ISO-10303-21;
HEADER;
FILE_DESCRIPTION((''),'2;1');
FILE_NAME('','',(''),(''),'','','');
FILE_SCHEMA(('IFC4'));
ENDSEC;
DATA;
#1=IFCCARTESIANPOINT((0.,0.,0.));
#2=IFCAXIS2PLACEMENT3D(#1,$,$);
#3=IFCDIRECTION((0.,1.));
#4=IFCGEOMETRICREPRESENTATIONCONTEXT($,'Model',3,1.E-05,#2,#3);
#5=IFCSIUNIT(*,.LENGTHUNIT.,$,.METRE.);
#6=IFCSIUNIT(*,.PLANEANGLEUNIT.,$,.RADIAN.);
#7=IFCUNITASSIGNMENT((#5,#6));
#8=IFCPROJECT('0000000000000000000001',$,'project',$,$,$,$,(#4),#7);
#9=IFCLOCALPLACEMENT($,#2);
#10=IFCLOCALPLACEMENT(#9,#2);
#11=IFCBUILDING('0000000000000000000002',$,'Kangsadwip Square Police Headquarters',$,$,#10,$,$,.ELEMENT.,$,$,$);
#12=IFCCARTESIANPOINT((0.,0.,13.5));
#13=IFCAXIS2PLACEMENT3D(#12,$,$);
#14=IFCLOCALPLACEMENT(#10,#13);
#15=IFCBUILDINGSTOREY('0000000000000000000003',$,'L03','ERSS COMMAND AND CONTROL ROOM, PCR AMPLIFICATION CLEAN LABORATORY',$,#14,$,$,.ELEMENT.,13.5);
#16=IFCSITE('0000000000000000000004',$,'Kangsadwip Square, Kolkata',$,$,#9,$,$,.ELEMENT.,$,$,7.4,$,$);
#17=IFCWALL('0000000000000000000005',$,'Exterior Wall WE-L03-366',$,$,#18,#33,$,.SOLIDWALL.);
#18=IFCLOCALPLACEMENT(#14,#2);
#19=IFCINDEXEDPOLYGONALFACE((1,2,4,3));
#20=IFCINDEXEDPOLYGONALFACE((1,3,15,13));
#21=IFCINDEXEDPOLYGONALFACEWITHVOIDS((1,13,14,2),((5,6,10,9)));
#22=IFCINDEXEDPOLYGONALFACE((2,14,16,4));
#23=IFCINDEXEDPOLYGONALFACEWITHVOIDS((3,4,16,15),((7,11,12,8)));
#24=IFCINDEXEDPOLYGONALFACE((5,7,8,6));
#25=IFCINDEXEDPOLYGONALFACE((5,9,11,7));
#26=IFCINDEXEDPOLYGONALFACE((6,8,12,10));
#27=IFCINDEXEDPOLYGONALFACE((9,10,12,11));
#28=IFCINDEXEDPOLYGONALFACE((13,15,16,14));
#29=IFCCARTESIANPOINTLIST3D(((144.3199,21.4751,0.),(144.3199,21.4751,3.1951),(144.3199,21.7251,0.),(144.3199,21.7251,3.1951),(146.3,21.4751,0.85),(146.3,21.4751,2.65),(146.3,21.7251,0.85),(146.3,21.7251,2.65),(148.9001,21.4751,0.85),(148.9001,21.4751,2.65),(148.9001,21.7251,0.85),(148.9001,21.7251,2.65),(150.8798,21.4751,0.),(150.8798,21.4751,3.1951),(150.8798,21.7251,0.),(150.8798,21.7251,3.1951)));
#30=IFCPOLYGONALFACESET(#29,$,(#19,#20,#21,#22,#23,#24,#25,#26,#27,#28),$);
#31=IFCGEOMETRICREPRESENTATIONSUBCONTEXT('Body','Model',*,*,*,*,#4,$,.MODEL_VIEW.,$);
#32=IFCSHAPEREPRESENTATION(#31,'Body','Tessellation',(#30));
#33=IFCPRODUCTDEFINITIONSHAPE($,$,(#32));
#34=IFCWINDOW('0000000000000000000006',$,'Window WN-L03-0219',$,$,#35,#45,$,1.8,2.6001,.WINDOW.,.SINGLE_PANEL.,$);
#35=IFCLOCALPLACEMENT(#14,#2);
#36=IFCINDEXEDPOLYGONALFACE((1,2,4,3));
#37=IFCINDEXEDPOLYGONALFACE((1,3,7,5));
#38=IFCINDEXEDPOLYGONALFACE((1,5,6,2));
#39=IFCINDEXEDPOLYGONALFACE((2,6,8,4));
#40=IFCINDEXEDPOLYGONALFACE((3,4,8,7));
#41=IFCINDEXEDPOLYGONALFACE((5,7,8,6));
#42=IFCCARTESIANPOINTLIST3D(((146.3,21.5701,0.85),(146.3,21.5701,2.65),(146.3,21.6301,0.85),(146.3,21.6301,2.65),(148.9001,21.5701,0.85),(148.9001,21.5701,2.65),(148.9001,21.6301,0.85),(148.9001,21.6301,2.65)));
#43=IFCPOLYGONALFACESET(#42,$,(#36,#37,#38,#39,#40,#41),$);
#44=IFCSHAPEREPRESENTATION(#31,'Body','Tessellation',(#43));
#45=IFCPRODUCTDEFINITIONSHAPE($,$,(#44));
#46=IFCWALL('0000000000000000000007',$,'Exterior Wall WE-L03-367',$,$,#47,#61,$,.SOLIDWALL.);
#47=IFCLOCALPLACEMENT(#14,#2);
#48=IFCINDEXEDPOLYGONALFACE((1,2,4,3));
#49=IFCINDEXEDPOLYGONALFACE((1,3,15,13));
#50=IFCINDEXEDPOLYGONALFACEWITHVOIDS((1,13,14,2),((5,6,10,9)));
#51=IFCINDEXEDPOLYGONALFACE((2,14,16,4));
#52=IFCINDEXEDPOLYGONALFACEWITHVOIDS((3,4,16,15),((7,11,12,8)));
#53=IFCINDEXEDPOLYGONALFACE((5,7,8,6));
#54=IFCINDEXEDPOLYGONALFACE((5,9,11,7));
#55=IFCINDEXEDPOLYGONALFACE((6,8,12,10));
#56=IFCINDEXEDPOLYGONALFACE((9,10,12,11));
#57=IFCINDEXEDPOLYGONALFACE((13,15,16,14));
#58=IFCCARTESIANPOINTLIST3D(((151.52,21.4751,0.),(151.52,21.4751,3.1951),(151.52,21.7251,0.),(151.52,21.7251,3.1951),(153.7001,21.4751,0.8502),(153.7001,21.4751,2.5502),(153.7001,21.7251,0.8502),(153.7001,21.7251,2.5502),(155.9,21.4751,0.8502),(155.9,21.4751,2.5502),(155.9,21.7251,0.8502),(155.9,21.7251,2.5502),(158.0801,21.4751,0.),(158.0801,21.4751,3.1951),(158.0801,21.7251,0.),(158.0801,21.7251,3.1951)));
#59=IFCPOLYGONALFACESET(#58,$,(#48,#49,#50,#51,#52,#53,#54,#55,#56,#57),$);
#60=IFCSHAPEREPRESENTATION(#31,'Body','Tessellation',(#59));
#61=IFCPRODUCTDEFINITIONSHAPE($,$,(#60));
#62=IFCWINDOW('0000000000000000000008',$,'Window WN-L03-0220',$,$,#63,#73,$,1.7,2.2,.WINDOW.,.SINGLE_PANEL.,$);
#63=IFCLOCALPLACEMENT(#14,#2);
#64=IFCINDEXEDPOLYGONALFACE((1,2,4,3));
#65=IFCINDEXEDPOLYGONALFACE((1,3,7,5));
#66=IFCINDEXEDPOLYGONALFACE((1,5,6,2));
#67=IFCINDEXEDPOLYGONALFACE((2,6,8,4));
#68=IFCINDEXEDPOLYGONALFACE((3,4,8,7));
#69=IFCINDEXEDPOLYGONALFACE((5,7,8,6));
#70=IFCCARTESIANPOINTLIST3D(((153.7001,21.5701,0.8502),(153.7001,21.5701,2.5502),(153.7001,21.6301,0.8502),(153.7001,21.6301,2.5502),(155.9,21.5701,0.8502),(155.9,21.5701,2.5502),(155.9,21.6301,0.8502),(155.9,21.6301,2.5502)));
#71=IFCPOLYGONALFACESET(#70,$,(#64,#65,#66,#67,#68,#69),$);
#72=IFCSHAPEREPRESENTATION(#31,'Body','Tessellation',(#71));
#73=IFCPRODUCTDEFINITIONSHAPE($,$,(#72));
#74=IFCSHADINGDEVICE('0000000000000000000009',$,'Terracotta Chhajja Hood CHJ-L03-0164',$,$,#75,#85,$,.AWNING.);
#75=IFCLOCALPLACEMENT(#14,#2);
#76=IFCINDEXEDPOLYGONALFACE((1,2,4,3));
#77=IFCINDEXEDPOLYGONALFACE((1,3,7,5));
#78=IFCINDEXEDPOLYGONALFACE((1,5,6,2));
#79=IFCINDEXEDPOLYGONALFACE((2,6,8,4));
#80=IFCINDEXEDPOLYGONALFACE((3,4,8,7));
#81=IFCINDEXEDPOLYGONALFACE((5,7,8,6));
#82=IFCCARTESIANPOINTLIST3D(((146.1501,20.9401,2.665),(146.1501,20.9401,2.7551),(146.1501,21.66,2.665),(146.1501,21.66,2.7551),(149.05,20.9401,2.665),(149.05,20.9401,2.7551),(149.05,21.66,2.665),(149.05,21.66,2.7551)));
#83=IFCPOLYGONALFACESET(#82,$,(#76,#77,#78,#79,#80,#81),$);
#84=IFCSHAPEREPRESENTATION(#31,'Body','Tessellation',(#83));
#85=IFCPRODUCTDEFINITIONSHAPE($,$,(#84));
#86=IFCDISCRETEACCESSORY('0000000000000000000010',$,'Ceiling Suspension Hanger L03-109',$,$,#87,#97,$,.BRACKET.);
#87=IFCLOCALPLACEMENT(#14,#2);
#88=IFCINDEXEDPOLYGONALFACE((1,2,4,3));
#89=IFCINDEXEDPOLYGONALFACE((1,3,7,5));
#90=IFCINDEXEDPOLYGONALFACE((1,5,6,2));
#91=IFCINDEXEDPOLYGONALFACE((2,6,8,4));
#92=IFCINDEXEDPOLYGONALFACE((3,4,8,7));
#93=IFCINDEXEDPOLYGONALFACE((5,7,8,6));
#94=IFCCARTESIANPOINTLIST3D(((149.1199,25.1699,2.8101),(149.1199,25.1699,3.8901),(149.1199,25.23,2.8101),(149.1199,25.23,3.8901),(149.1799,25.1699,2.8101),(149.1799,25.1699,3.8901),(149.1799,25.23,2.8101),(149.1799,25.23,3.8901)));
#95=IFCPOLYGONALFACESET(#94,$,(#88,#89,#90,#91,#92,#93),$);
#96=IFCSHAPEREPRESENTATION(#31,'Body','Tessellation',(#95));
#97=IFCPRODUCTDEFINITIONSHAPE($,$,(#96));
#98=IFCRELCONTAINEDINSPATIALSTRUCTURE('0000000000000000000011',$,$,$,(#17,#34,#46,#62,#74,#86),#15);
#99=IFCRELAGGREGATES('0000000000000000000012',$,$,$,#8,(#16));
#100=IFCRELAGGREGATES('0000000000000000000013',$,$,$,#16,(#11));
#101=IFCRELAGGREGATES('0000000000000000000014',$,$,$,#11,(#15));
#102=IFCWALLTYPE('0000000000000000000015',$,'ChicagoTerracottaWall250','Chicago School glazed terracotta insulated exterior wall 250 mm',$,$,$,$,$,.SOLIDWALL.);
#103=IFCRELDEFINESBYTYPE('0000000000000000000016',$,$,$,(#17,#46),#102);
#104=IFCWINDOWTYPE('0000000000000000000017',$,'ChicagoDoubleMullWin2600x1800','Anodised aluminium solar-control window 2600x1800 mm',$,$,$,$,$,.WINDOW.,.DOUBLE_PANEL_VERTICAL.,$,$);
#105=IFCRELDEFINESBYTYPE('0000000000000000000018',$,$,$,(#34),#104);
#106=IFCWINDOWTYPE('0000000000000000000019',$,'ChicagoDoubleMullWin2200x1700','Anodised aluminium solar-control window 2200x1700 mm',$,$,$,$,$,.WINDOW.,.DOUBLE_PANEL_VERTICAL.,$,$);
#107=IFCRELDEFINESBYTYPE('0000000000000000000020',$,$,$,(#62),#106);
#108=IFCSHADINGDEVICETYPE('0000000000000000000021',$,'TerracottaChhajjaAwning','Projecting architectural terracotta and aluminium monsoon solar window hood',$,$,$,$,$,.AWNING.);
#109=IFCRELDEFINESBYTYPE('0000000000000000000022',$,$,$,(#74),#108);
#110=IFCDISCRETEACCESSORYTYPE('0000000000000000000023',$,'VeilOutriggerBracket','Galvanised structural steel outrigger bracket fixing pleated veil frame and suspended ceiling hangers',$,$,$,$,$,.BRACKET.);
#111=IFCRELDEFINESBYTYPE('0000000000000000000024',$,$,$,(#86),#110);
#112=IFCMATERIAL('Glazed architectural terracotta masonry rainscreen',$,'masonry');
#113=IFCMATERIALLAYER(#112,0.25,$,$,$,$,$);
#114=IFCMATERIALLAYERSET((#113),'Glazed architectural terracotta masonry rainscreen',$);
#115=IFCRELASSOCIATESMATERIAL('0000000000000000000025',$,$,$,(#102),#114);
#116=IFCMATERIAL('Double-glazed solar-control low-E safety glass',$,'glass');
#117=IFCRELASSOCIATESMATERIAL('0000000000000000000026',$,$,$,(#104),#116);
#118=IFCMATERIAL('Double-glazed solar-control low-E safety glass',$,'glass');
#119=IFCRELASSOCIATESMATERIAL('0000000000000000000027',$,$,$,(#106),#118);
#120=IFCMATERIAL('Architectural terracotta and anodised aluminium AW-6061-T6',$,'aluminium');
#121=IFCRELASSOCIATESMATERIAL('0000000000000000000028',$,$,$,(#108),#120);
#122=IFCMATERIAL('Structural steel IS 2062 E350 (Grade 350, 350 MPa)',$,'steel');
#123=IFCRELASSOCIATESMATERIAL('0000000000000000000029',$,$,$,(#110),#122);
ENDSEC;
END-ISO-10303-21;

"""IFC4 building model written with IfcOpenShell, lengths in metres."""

from ifc_helpers import new_model, si_unit, direction, frame, frame_2d, origin, origin_2d, place, context, subcontext, project, spatial, rectangle, extrude, material, layer, layer_set, type_object, element, fill, save


model = new_model("IFC4")

# Units and contexts
model_context = context("Model", 3, precision=1e-05, world=origin(), true_north=direction((0.0, 1.0)))
body_context = subcontext(model_context, "Body", "Model", "MODEL_VIEW")
ifc_project = project(units=[si_unit("LENGTHUNIT", "METRE"), si_unit("PLANEANGLEUNIT", "RADIAN")], contexts=[model_context])

# Site, building, storey
site_placement = place(None, origin())
site = spatial("IfcSite", under=ifc_project, at=site_placement, Name="Kangsadwip Square, Kolkata", CompositionType="ELEMENT", RefElevation=7.4)
building_placement = place(site_placement, origin())
building = spatial("IfcBuilding", under=site, at=building_placement, Name="Kangsadwip Square Police Headquarters", CompositionType="ELEMENT")
storey_placement = place(building_placement, frame((0.0, 0.0, 13.5)))
storey = spatial("IfcBuildingStorey", under=building, at=storey_placement, Name="L03", Description="ERSS COMMAND AND CONTROL ROOM, PCR AMPLIFICATION CLEAN LABORATORY", CompositionType="ELEMENT", Elevation=13.5)

# Walls, openings, windows
ifc_material_1 = material(Name="Glazed architectural terracotta masonry rainscreen", Category="masonry")
ifc_layer_1 = layer(ifc_material_1, 0.25)
ifc_layer_set_1 = layer_set([ifc_layer_1], Name="Glazed architectural terracotta masonry rainscreen")
wall_type_1 = type_object("IfcWallType", Name="ChicagoTerracottaWall250", Description="Chicago School glazed terracotta insulated exterior wall 250 mm", PredefinedType="SOLIDWALL", material=ifc_layer_set_1)
wall_1_placement = place(storey_placement, frame((144.3201, 21.6001, 0.0), z_axis=(0.0, 0.0, 1.0), x_axis=(1.0, 0.0, 0.0)))
wall_1 = element("IfcWall", 1, at=wall_1_placement, inside=storey, type_object=wall_type_1, Name="Exterior Wall WE-L03-366", PredefinedType="SOLIDWALL", context=body_context, shape_type="SweptSolid", body=[
    extrude(rectangle(XDim=6.5598, YDim=0.25, at=frame_2d((3.2798, 0.0))), origin(), (0.0, 0.0, 1.0), 3.1951),
])
opening_1_placement = place(wall_1_placement, frame((1.98, 0.0, 0.8501)))
opening_1 = element("IfcOpeningElement", 2, at=opening_1_placement, cuts=wall_1, PredefinedType="OPENING", context=body_context, shape_type="SweptSolid", body=[
    extrude(rectangle(XDim=2.6001, YDim=1.8, at=frame_2d((1.3, 0.8999))), frame((0.0, 0.135, 0.0), z_axis=(0.0, -1.0, 0.0), x_axis=(1.0, 0.0, 0.0)), (0.0, 0.0, 1.0), 0.27),
])
ifc_material_2 = material(Name="Double-glazed solar-control low-E safety glass", Category="glass")
window_type_1 = type_object("IfcWindowType", Name="ChicagoDoubleMullWin2600x1800", Description="Anodised aluminium solar-control window 2600x1800 mm", PartitioningType="DOUBLE_PANEL_VERTICAL", PredefinedType="WINDOW", material=ifc_material_2)
window_1_placement = place(opening_1_placement, origin())
window_1 = element("IfcWindow", 3, at=window_1_placement, inside=storey, type_object=window_type_1, Name="Window WN-L03-0219", OverallHeight=1.8, OverallWidth=2.6001, PartitioningType="SINGLE_PANEL", PredefinedType="WINDOW", context=body_context, shape_type="SweptSolid", body=[
    extrude(rectangle(XDim=2.6001, YDim=1.8, at=frame_2d((1.3, 0.8999))), frame((0.0, 0.03, 0.0), z_axis=(0.0, -1.0, 0.0), x_axis=(1.0, 0.0, 0.0)), (0.0, 0.0, 1.0), 0.0601),
])
fill(opening_1, window_1)
wall_2_placement = place(storey_placement, frame((151.52, 21.6001, 0.0), z_axis=(0.0, 0.0, 1.0), x_axis=(1.0, 0.0, 0.0)))
wall_2 = element("IfcWall", 4, at=wall_2_placement, inside=storey, type_object=wall_type_1, Name="Exterior Wall WE-L03-367", PredefinedType="SOLIDWALL", context=body_context, shape_type="SweptSolid", body=[
    extrude(rectangle(XDim=6.5601, YDim=0.25, at=frame_2d((3.28, 0.0))), origin(), (0.0, 0.0, 1.0), 3.1951),
])
opening_2_placement = place(wall_2_placement, frame((2.1799, 0.0, 0.8501)))
opening_2 = element("IfcOpeningElement", 5, at=opening_2_placement, cuts=wall_2, PredefinedType="OPENING", context=body_context, shape_type="SweptSolid", body=[
    extrude(rectangle(XDim=2.2, YDim=1.7, at=frame_2d((1.1001, 0.8501))), frame((0.0, 0.135, 0.0), z_axis=(0.0, -1.0, 0.0), x_axis=(1.0, 0.0, 0.0)), (0.0, 0.0, 1.0), 0.27),
])
ifc_material_3 = material(Name="Double-glazed solar-control low-E safety glass", Category="glass")
window_type_2 = type_object("IfcWindowType", Name="ChicagoDoubleMullWin2200x1700", Description="Anodised aluminium solar-control window 2200x1700 mm", PartitioningType="DOUBLE_PANEL_VERTICAL", PredefinedType="WINDOW", material=ifc_material_3)
window_2_placement = place(opening_2_placement, origin())
window_2 = element("IfcWindow", 6, at=window_2_placement, inside=storey, type_object=window_type_2, Name="Window WN-L03-0220", OverallHeight=1.7, OverallWidth=2.2, PartitioningType="SINGLE_PANEL", PredefinedType="WINDOW", context=body_context, shape_type="SweptSolid", body=[
    extrude(rectangle(XDim=2.2, YDim=1.7, at=frame_2d((1.1001, 0.8501))), frame((0.0, 0.03, 0.0), z_axis=(0.0, -1.0, 0.0), x_axis=(1.0, 0.0, 0.0)), (0.0, 0.0, 1.0), 0.0601),
])
fill(opening_2, window_2)

# Shading device
ifc_material_4 = material(Name="Architectural terracotta and anodised aluminium AW-6061-T6", Category="aluminium")
shading_device_type = type_object("IfcShadingDeviceType", Name="TerracottaChhajjaAwning", Description="Projecting architectural terracotta and aluminium monsoon solar window hood", PredefinedType="AWNING", material=ifc_material_4)
shading_device_placement = place(storey_placement, frame((147.6001, 21.3, 2.665), z_axis=(0.0, 0.0, 1.0), x_axis=(1.0, 0.0, 0.0)))
element("IfcShadingDevice", 7, at=shading_device_placement, inside=storey, type_object=shading_device_type, Name="Terracotta Chhajja Hood CHJ-L03-0164", PredefinedType="AWNING", context=body_context, shape_type="SweptSolid", body=[
    extrude(rectangle(XDim=2.8999, YDim=0.72, at=origin_2d()), origin(), (0.0, 0.0, 1.0), 0.0901),
])

# Discrete accessory
ifc_material_5 = material(Name="Structural steel IS 2062 E350 (Grade 350, 350 MPa)", Category="steel")
discrete_accessory_type = type_object("IfcDiscreteAccessoryType", Name="VeilOutriggerBracket", Description="Galvanised structural steel outrigger bracket fixing pleated veil frame and suspended ceiling hangers", PredefinedType="BRACKET", material=ifc_material_5)
discrete_accessory_placement = place(storey_placement, frame((149.1499, 25.2, 2.8101), z_axis=(0.0, 0.0, 1.0), x_axis=(1.0, 0.0, 0.0)))
element("IfcDiscreteAccessory", 8, at=discrete_accessory_placement, inside=storey, type_object=discrete_accessory_type, Name="Ceiling Suspension Hanger L03-109", PredefinedType="BRACKET", context=body_context, shape_type="SweptSolid", body=[
    extrude(rectangle(XDim=0.0601, YDim=0.0601, at=origin_2d()), origin(), (0.0, 0.0, 1.0), 1.0801),
])

save(model, "model.ifc")
